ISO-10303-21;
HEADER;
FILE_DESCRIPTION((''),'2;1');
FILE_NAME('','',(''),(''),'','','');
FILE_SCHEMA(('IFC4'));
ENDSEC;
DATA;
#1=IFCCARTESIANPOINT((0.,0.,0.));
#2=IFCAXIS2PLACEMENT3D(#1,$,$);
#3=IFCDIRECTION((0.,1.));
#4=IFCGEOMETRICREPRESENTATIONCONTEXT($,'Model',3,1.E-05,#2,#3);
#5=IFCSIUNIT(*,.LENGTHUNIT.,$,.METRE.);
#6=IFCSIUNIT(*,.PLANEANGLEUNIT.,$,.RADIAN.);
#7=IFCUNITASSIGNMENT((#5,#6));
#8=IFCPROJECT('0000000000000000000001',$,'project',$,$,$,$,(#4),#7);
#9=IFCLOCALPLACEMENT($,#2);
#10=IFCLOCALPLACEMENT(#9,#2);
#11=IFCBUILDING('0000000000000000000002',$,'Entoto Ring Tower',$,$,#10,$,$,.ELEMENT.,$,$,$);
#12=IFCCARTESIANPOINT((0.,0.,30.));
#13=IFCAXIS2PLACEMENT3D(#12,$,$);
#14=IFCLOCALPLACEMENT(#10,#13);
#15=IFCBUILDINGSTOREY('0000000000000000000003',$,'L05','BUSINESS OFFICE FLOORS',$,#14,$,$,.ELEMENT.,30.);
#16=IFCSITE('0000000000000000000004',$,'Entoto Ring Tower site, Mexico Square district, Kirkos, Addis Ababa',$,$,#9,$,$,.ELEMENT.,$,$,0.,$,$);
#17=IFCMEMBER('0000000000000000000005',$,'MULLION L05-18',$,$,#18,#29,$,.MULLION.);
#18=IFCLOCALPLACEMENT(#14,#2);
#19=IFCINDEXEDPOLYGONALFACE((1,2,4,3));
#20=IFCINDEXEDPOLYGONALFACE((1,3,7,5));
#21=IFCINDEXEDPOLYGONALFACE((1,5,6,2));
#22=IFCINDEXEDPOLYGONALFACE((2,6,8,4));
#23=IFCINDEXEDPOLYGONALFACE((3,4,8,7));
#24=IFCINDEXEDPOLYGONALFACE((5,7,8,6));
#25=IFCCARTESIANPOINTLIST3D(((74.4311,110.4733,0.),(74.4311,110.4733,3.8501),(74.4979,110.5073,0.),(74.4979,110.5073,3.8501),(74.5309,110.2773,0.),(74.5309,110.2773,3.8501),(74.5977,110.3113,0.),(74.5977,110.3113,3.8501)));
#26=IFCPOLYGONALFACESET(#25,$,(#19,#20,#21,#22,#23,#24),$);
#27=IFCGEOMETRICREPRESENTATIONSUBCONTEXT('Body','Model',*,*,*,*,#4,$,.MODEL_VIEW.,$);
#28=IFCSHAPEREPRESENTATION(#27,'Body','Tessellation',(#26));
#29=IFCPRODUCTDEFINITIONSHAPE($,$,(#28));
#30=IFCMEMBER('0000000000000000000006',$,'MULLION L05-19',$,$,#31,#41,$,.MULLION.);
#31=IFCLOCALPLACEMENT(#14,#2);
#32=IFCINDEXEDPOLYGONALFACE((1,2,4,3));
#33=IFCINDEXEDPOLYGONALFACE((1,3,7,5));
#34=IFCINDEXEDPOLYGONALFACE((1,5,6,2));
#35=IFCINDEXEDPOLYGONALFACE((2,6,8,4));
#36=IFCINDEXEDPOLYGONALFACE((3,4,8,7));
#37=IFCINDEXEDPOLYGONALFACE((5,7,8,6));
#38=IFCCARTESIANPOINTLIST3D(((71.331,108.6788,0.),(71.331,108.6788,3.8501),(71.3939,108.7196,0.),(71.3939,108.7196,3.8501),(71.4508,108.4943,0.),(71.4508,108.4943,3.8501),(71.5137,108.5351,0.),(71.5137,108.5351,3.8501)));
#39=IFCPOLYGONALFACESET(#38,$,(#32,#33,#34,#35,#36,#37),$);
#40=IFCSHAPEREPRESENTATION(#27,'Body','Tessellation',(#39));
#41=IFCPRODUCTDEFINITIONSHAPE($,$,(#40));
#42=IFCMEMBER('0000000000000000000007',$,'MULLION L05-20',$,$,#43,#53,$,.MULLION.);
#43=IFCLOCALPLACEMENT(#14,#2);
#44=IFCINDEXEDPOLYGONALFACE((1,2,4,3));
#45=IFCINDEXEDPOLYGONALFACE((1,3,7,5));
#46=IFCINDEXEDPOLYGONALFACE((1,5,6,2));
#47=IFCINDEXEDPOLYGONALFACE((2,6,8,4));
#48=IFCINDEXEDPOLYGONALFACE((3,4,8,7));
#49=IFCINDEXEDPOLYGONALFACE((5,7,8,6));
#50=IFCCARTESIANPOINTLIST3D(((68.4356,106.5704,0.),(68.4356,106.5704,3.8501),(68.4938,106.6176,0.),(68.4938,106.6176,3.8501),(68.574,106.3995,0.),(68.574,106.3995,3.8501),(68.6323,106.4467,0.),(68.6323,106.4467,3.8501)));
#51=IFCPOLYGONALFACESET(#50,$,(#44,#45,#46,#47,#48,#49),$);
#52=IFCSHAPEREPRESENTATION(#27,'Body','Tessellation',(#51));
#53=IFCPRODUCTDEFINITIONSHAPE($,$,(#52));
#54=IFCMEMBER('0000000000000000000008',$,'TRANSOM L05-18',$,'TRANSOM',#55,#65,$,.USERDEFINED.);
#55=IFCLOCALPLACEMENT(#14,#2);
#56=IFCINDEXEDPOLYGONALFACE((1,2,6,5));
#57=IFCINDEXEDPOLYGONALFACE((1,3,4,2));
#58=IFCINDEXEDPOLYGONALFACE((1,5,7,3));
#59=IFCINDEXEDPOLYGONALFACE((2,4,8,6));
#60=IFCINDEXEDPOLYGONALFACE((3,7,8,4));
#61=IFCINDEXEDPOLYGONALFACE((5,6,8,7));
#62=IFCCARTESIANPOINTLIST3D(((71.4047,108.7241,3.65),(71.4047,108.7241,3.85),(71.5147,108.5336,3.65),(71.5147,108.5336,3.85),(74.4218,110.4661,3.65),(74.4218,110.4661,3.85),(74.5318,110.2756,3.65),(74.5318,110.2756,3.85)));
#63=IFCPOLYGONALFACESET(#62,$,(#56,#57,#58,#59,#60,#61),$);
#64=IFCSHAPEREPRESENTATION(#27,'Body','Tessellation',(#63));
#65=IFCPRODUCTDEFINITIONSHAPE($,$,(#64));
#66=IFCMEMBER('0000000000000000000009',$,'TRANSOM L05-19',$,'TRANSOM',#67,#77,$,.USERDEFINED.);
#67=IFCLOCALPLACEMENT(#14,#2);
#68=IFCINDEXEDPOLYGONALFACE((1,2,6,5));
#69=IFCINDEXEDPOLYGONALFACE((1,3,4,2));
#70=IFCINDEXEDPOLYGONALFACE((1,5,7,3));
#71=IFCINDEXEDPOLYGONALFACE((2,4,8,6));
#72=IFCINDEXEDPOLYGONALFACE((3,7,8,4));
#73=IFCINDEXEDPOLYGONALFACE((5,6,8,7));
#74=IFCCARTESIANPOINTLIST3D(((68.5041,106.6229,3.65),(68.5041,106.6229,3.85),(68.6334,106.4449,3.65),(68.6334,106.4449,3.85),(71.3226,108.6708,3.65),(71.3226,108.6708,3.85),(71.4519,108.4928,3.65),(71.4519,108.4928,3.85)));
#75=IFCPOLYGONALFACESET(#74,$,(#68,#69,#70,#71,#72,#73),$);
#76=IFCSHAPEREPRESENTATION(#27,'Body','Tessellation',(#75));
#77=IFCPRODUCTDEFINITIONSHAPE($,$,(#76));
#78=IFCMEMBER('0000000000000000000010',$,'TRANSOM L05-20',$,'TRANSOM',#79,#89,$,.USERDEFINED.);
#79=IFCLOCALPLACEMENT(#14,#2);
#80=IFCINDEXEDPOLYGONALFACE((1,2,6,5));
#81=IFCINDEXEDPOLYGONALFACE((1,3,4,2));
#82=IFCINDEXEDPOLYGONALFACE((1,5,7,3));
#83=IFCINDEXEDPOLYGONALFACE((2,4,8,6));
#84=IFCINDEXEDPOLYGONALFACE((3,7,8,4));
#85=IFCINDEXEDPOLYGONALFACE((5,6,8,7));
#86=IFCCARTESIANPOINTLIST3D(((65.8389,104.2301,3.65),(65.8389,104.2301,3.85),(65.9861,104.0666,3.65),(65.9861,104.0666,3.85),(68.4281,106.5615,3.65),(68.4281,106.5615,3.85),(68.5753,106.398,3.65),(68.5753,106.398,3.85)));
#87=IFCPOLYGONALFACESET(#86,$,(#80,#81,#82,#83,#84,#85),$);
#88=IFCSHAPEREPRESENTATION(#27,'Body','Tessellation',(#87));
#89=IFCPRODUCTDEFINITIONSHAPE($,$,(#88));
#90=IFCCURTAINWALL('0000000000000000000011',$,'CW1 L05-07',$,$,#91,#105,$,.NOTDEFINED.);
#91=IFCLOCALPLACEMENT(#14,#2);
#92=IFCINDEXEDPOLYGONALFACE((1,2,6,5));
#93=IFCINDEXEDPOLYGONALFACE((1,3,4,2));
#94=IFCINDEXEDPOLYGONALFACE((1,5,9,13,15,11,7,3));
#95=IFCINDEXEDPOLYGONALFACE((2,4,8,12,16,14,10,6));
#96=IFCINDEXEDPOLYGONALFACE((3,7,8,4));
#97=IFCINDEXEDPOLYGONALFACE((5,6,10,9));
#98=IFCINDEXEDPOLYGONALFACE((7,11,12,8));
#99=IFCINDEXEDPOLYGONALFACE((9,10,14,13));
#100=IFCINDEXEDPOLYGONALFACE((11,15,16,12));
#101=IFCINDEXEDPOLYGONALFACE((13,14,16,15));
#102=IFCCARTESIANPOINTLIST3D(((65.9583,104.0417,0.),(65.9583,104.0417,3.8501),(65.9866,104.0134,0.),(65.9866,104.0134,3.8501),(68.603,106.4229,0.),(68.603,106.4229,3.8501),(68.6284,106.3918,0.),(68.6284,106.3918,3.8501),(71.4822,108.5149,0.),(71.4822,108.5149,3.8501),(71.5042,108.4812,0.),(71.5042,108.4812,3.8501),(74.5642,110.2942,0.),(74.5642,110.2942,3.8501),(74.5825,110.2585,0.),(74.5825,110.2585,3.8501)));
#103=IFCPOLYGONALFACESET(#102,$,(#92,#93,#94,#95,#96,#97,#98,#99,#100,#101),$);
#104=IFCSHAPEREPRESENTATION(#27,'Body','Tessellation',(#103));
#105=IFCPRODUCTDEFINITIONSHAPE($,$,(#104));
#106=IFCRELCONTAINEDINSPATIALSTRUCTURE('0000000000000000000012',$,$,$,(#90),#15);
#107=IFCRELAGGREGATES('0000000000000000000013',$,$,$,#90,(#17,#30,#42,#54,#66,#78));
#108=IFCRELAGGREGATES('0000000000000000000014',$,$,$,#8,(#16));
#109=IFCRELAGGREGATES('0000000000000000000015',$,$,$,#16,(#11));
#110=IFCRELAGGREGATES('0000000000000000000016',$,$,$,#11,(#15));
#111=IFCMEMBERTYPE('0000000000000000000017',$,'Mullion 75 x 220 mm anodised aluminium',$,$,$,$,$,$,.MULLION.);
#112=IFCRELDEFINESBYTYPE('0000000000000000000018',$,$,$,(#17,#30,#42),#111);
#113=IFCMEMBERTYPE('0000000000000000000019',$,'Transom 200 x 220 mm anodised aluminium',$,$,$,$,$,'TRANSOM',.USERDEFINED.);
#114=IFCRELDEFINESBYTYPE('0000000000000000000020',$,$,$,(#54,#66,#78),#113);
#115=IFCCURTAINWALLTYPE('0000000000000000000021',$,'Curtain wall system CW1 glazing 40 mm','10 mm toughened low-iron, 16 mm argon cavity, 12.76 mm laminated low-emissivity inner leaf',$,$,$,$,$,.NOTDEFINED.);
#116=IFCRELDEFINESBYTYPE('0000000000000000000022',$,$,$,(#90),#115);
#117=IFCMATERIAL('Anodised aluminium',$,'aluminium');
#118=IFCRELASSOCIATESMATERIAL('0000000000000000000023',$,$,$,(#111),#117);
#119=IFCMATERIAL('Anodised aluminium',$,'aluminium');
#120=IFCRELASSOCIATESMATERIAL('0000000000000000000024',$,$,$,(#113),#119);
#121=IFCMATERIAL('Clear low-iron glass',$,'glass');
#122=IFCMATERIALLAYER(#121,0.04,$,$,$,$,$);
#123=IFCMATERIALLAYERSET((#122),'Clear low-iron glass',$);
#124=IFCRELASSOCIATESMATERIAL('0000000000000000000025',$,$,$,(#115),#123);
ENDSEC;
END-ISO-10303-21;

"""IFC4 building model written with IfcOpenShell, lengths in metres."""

from ifc_helpers import new_model, si_unit, direction, frame, origin, origin_2d, place, context, subcontext, project, spatial, polyline, rectangle, outline, extrude, material, layer, layer_set, material_profile, profile_set, type_object, element, aggregate, save


model = new_model("IFC4")

# Units and contexts
model_context = context("Model", 3, precision=1e-05, world=origin(), true_north=direction((0.0, 1.0)))
body_context = subcontext(model_context, "Body", "Model", "MODEL_VIEW")
ifc_project = project(units=[si_unit("LENGTHUNIT", "METRE"), si_unit("PLANEANGLEUNIT", "RADIAN")], contexts=[model_context])

# Members
ifc_material_1 = material(Name="Anodised aluminium", Category="aluminium")
ifc_material_profile_1 = material_profile(ifc_material_1, rectangle(XDim=0.075, YDim=0.22, at=origin_2d()), Name="Mullion 75 x 220 mm anodised aluminium")
ifc_profile_set_1 = profile_set([ifc_material_profile_1], Name="Anodised aluminium")
member_type_1 = type_object("IfcMemberType", Name="Mullion 75 x 220 mm anodised aluminium", PredefinedType="MULLION", material=ifc_profile_set_1)
site_placement = place(None, origin())
building_placement = place(site_placement, origin())
storey_placement = place(building_placement, frame((0.0, 0.0, 30.0)))
member_1_placement = place(storey_placement, frame((74.5144, 110.3923, 0.0), z_axis=(0.0, 0.0, 1.0), x_axis=(-0.891007, -0.45399, 0.0)))
member_1 = element("IfcMember", 1, at=member_1_placement, type_object=member_type_1, Name="MULLION L05-18", PredefinedType="MULLION", context=body_context, shape_type="SweptSolid", body=[
    extrude(rectangle(XDim=0.075, YDim=0.22, at=origin_2d()), origin(), (0.0, 0.0, 1.0), 3.8501),
])
member_2_placement = place(storey_placement, frame((71.4224, 108.6069, 0.0), z_axis=(0.0, 0.0, 1.0), x_axis=(-0.838671, -0.544639, 0.0)))
member_2 = element("IfcMember", 2, at=member_2_placement, type_object=member_type_1, Name="MULLION L05-19", PredefinedType="MULLION", context=body_context, shape_type="SweptSolid", body=[
    extrude(rectangle(XDim=0.075, YDim=0.22, at=origin_2d()), origin(), (0.0, 0.0, 1.0), 3.8501),
])
member_3_placement = place(storey_placement, frame((68.5339, 106.5085, 0.0), z_axis=(0.0, 0.0, 1.0), x_axis=(-0.777146, -0.62932, 0.0)))
member_3 = element("IfcMember", 3, at=member_3_placement, type_object=member_type_1, Name="MULLION L05-20", PredefinedType="MULLION", context=body_context, shape_type="SweptSolid", body=[
    extrude(rectangle(XDim=0.075, YDim=0.22, at=origin_2d()), origin(), (0.0, 0.0, 1.0), 3.8501),
])
ifc_material_2 = material(Name="Anodised aluminium", Category="aluminium")
ifc_material_profile_2 = material_profile(ifc_material_2, rectangle(XDim=0.22, YDim=0.2, at=origin_2d()), Name="Transom 200 x 220 mm anodised aluminium")
ifc_profile_set_2 = profile_set([ifc_material_profile_2], Name="Anodised aluminium")
member_type_2 = type_object("IfcMemberType", Name="Transom 200 x 220 mm anodised aluminium", ElementType="TRANSOM", PredefinedType="USERDEFINED", material=ifc_profile_set_2)
member_4_placement = place(storey_placement, frame((74.4768, 110.3708, 3.75), z_axis=(-0.866022, -0.500006, 0.0), x_axis=(0.500006, -0.866022, 0.0)))
member_4 = element("IfcMember", 4, at=member_4_placement, type_object=member_type_2, Name="TRANSOM L05-18", ObjectType="TRANSOM", PredefinedType="USERDEFINED", context=body_context, shape_type="SweptSolid", body=[
    extrude(rectangle(XDim=0.22, YDim=0.2, at=origin_2d()), origin(), (0.0, 0.0, 1.0), 3.4839),
])
member_5_placement = place(storey_placement, frame((71.3872, 108.5818, 3.75), z_axis=(-0.808991, -0.587822, 0.0), x_axis=(0.587822, -0.808991, 0.0)))
member_5 = element("IfcMember", 5, at=member_5_placement, type_object=member_type_2, Name="TRANSOM L05-19", ObjectType="TRANSOM", PredefinedType="USERDEFINED", context=body_context, shape_type="SweptSolid", body=[
    extrude(rectangle(XDim=0.22, YDim=0.2, at=origin_2d()), origin(), (0.0, 0.0, 1.0), 3.4839),
])
member_6_placement = place(storey_placement, frame((68.5017, 106.4797, 3.75), z_axis=(-0.743137, -0.669139, 0.0), x_axis=(0.669139, -0.743137, 0.0)))
member_6 = element("IfcMember", 6, at=member_6_placement, type_object=member_type_2, Name="TRANSOM L05-20", ObjectType="TRANSOM", PredefinedType="USERDEFINED", context=body_context, shape_type="SweptSolid", body=[
    extrude(rectangle(XDim=0.22, YDim=0.2, at=origin_2d()), origin(), (0.0, 0.0, 1.0), 3.4841),
])

# Site, building, storey
site = spatial("IfcSite", under=ifc_project, at=site_placement, Name="Entoto Ring Tower site, Mexico Square district, Kirkos, Addis Ababa", CompositionType="ELEMENT", RefElevation=0.0)
building = spatial("IfcBuilding", under=site, at=building_placement, Name="Entoto Ring Tower", CompositionType="ELEMENT")
storey = spatial("IfcBuildingStorey", under=building, at=storey_placement, Name="L05", Description="BUSINESS OFFICE FLOORS", CompositionType="ELEMENT", Elevation=30.0)

# Curtain wall
ifc_material_3 = material(Name="Clear low-iron glass", Category="glass")
ifc_layer = layer(ifc_material_3, 0.04)
ifc_layer_set = layer_set([ifc_layer], Name="Clear low-iron glass")
curtain_wall_type = type_object("IfcCurtainWallType", Name="Curtain wall system CW1 glazing 40 mm", Description="10 mm toughened low-iron, 16 mm argon cavity, 12.76 mm laminated low-emissivity inner leaf", PredefinedType="NOTDEFINED", material=ifc_layer_set)
curtain_wall_1_placement = place(storey_placement, origin())
curtain_wall_1 = element("IfcCurtainWall", 7, at=curtain_wall_1_placement, inside=storey, type_object=curtain_wall_type, Name="CW1 L05-07", PredefinedType="NOTDEFINED", context=body_context, shape_type="SweptSolid", body=[
    extrude(outline(polyline([(74.5642, 110.2942), (71.4822, 108.5149), (68.603, 106.4229), (65.9583, 104.0417), (65.9866, 104.0134), (68.6284, 106.3918), (71.5042, 108.4812), (74.5825, 110.2585), (74.5642, 110.2942)])), origin(), (0.0, 0.0, 1.0), 3.8501),
])
aggregate(curtain_wall_1, [member_1, member_2, member_3, member_4, member_5, member_6])

save(model, "model.ifc")
